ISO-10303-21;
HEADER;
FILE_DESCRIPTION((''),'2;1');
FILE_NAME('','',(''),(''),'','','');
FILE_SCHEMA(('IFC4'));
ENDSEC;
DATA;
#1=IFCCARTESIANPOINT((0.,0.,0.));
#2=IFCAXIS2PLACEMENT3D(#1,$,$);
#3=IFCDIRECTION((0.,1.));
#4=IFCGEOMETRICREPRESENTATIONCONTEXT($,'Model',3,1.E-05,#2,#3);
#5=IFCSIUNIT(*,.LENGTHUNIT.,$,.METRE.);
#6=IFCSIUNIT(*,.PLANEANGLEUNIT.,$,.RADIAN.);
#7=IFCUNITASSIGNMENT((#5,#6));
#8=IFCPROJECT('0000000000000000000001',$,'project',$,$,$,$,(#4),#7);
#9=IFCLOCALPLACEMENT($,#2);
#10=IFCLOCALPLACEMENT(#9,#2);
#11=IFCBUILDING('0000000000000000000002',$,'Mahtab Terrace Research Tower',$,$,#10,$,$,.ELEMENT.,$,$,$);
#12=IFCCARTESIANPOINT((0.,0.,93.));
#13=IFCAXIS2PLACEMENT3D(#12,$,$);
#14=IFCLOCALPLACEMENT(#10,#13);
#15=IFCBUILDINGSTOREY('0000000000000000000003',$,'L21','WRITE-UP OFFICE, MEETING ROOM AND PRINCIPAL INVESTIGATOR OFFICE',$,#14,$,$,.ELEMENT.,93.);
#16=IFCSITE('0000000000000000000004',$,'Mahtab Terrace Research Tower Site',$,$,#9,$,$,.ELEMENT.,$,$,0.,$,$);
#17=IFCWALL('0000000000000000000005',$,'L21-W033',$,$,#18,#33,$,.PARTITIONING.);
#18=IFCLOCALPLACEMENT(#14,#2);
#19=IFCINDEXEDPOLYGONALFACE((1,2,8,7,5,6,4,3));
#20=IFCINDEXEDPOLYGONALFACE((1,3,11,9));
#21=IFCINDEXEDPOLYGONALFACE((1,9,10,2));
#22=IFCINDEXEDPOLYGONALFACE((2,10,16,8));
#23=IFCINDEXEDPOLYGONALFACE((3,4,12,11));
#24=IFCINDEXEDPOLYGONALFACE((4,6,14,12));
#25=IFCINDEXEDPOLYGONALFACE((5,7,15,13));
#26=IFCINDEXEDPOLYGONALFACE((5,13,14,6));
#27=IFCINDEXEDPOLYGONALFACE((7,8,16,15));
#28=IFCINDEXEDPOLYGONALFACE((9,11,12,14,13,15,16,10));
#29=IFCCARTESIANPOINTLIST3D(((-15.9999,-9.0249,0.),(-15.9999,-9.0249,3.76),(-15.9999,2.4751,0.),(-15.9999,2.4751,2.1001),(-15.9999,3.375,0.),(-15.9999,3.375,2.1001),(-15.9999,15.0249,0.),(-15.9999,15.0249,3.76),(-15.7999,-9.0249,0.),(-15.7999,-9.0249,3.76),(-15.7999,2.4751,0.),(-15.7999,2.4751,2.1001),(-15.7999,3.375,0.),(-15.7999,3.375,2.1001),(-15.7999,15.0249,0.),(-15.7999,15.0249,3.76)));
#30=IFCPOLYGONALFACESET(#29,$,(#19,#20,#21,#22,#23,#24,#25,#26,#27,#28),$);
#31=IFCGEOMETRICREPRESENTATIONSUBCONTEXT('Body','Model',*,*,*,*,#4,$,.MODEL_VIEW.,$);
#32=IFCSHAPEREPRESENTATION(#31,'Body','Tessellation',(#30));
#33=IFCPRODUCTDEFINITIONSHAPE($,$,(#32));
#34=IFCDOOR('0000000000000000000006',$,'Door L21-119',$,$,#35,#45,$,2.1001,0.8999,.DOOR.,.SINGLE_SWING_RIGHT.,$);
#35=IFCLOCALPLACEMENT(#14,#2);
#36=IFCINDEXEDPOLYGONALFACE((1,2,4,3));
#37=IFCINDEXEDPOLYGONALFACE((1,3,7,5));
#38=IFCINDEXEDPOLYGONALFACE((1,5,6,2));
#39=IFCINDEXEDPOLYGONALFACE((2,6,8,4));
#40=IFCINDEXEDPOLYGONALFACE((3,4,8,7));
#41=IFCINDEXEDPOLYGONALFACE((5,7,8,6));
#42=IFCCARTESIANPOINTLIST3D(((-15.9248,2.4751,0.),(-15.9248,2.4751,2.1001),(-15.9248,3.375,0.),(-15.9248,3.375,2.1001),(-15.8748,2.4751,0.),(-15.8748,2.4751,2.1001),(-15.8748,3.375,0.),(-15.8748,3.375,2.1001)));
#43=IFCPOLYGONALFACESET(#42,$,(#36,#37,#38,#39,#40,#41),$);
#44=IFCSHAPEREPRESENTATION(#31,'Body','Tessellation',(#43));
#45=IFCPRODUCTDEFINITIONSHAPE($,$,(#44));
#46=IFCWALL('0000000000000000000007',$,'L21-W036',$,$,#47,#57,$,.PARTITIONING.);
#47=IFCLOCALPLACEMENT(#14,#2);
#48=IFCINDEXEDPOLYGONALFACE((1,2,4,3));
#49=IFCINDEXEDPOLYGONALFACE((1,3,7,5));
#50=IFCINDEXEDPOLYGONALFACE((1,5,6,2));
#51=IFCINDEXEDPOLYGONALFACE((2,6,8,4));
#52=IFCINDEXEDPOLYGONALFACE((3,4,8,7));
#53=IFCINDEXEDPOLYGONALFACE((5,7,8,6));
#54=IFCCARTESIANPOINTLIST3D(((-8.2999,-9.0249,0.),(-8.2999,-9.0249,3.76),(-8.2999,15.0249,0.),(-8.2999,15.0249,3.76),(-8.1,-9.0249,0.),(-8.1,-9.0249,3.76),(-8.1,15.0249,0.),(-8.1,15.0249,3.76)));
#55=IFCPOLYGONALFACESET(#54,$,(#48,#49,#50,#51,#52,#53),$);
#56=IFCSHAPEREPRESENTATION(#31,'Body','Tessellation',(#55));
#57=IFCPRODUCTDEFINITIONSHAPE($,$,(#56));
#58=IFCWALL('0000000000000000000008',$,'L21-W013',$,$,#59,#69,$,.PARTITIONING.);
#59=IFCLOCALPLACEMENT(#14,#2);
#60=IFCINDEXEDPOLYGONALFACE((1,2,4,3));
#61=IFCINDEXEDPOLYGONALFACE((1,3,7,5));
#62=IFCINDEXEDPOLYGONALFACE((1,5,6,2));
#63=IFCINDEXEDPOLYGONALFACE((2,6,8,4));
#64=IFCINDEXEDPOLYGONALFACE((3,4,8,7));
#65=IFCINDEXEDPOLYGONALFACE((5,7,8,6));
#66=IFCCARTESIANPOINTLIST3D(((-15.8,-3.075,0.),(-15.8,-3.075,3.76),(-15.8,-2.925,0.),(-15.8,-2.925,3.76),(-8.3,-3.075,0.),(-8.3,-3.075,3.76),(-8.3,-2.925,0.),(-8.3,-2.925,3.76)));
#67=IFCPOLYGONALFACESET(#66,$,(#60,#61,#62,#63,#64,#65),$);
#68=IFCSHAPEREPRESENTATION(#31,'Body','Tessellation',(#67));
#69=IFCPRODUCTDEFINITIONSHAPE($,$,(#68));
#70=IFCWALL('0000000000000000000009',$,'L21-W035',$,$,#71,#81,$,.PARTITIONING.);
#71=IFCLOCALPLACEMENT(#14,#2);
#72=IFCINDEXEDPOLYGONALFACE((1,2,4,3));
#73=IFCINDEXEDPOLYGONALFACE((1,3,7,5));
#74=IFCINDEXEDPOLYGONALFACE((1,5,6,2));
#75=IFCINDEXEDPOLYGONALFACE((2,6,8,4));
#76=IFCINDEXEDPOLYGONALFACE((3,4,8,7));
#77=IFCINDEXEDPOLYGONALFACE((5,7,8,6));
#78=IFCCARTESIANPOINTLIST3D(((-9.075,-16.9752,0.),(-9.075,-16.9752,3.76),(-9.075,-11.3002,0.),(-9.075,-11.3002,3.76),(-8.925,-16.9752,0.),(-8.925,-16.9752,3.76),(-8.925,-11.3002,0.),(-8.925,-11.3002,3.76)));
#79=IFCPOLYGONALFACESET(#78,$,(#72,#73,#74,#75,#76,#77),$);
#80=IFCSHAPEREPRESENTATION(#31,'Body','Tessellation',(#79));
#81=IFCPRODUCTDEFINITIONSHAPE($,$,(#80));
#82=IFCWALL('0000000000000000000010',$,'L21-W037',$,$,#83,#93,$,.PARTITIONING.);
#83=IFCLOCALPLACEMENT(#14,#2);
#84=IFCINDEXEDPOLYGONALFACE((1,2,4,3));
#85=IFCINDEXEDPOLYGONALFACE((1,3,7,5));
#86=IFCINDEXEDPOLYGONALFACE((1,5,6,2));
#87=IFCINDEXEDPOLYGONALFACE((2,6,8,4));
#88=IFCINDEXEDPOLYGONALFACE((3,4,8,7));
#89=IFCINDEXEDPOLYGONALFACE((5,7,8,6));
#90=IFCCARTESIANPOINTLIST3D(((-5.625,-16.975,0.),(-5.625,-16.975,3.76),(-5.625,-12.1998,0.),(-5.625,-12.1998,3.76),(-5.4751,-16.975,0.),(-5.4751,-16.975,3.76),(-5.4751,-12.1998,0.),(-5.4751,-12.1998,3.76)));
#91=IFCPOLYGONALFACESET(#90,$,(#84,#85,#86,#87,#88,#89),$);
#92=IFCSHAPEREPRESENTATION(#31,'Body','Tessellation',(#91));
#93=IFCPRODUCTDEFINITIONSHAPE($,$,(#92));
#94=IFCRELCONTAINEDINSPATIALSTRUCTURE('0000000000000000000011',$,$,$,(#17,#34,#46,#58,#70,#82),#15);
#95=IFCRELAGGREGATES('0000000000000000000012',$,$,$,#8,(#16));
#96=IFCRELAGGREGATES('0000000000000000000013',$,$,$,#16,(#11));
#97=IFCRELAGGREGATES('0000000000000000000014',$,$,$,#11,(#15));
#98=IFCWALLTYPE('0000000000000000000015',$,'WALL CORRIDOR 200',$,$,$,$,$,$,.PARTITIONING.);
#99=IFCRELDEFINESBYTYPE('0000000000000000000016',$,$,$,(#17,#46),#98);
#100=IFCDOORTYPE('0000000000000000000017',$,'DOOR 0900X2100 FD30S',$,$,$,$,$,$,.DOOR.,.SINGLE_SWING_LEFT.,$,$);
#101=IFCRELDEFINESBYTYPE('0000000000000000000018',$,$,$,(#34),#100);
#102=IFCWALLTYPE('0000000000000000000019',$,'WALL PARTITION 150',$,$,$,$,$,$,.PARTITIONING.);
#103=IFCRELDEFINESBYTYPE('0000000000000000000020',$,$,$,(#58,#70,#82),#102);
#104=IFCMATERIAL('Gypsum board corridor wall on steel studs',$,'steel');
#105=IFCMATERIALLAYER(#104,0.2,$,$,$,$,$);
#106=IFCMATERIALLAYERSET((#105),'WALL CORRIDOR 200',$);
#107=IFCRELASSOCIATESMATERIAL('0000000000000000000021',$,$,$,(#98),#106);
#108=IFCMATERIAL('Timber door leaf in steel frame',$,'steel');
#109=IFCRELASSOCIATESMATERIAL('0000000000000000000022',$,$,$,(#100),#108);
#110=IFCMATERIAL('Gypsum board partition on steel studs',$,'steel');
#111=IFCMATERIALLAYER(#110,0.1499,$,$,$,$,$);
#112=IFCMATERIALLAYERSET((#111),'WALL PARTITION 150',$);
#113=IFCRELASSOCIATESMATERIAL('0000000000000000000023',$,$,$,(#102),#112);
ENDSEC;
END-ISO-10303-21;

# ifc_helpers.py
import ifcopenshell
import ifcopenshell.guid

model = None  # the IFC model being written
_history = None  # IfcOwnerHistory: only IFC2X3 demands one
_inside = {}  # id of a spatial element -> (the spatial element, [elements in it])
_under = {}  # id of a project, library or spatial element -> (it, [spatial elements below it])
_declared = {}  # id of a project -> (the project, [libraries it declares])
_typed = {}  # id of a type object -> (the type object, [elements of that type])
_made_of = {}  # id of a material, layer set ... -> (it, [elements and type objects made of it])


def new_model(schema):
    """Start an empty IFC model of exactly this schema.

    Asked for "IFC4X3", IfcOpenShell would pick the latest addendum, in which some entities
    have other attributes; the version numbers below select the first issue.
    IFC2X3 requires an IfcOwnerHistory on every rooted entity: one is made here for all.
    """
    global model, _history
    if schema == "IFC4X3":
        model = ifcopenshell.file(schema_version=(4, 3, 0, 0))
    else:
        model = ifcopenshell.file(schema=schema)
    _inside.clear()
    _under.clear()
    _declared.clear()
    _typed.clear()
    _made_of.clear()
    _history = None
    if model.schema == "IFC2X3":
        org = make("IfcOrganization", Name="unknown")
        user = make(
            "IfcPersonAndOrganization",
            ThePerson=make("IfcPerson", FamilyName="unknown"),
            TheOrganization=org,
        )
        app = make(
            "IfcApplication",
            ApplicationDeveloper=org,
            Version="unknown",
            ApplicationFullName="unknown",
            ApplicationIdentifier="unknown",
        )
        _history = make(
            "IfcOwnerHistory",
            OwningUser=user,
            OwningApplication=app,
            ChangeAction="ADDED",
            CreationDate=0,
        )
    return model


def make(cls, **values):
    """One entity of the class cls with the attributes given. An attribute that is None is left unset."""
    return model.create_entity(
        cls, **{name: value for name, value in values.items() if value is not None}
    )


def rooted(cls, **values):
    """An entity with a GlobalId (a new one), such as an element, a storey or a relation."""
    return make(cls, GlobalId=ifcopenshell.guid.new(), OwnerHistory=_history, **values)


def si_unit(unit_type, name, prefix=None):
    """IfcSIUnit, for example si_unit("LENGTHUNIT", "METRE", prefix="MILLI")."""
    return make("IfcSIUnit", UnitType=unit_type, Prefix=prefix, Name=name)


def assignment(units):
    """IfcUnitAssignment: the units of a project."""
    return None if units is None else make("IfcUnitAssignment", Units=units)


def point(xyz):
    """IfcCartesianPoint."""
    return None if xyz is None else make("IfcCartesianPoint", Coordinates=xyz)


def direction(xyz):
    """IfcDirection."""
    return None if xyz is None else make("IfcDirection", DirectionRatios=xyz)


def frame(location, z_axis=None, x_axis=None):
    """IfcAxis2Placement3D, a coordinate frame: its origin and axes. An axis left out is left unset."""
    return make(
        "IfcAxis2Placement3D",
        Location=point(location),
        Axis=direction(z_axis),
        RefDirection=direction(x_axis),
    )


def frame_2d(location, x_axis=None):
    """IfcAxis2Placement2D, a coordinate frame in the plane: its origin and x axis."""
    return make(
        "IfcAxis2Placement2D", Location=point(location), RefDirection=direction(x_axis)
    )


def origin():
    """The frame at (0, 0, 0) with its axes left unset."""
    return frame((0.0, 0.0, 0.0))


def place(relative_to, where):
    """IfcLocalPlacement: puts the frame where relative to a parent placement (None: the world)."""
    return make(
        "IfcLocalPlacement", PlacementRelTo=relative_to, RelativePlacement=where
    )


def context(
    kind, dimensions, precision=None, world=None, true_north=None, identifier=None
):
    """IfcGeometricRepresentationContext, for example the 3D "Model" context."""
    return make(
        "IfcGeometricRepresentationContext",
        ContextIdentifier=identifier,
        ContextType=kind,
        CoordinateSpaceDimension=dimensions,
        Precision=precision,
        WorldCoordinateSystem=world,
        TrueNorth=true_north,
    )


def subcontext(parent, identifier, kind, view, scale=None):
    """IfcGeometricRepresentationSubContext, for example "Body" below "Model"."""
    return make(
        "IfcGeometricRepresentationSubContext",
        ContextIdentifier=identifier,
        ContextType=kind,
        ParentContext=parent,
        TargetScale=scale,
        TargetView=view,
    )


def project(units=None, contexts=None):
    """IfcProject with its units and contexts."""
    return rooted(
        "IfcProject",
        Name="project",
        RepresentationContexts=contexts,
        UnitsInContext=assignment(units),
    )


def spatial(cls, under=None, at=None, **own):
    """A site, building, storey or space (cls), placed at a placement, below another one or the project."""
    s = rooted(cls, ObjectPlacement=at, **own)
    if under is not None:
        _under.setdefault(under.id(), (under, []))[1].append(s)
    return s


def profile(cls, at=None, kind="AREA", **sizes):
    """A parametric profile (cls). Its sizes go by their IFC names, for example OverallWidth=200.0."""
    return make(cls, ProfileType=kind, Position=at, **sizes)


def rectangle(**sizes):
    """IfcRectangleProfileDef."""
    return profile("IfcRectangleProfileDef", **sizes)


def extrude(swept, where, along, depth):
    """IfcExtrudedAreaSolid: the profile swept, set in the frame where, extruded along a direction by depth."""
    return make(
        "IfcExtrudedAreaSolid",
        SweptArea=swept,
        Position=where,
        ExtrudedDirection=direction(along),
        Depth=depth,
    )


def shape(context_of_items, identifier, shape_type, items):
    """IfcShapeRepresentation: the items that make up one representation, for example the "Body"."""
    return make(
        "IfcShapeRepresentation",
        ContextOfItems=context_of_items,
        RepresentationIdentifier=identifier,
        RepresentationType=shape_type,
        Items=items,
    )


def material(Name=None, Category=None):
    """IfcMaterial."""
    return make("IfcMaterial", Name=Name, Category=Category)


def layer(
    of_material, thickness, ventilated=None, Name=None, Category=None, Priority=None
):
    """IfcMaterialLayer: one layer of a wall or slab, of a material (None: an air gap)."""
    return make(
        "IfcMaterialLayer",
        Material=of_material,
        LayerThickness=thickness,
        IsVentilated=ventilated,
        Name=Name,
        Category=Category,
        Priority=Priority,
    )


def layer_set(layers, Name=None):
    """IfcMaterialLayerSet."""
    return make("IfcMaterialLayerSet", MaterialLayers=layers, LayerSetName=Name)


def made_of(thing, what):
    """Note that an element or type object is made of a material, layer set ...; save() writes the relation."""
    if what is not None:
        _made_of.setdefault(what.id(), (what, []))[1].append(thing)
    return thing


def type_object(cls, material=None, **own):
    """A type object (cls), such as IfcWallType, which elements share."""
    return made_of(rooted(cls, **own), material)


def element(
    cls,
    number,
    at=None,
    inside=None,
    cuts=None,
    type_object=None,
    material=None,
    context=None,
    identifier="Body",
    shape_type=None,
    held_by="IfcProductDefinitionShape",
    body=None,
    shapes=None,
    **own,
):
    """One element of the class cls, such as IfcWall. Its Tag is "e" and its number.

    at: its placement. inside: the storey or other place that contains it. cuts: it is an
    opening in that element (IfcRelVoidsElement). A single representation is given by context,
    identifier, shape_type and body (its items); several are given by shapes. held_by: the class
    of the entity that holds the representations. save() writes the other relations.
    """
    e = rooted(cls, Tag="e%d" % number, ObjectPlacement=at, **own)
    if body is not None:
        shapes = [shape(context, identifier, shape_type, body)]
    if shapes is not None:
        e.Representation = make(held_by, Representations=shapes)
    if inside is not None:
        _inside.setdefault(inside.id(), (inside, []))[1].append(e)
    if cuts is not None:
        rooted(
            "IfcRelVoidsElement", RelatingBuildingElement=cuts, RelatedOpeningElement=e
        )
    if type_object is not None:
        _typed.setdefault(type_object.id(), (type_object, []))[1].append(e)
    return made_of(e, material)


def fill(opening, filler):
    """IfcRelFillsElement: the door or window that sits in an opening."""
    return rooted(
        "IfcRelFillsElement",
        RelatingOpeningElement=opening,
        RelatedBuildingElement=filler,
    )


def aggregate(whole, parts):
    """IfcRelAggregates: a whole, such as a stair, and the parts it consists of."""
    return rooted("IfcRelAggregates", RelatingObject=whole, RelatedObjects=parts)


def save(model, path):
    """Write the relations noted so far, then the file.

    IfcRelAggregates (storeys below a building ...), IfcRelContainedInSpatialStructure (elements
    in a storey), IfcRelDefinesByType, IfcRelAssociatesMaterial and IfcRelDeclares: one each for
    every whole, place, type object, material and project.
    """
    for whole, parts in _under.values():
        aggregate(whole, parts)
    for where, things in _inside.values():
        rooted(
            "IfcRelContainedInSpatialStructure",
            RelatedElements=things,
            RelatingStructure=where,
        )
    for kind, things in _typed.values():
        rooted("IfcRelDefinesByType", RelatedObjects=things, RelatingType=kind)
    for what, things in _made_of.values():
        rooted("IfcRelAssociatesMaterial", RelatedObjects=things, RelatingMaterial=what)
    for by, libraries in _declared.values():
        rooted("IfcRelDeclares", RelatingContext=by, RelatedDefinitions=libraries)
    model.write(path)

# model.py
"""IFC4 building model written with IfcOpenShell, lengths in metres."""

from ifc_helpers import new_model, si_unit, direction, frame, frame_2d, origin, place, context, subcontext, project, spatial, rectangle, extrude, material, layer, layer_set, type_object, element, fill, save


model = new_model("IFC4")

# Units and contexts
model_context = context("Model", 3, precision=1e-05, world=origin(), true_north=direction((0.0, 1.0)))
body_context = subcontext(model_context, "Body", "Model", "MODEL_VIEW")
ifc_project = project(units=[si_unit("LENGTHUNIT", "METRE"), si_unit("PLANEANGLEUNIT", "RADIAN")], contexts=[model_context])

# Site, building, storey
site_placement = place(None, origin())
site = spatial("IfcSite", under=ifc_project, at=site_placement, Name="Mahtab Terrace Research Tower Site", CompositionType="ELEMENT", RefElevation=0.0)
building_placement = place(site_placement, origin())
building = spatial("IfcBuilding", under=site, at=building_placement, Name="Mahtab Terrace Research Tower", CompositionType="ELEMENT")
storey_placement = place(building_placement, frame((0.0, 0.0, 93.0)))
storey = spatial("IfcBuildingStorey", under=building, at=storey_placement, Name="L21", Description="WRITE-UP OFFICE, MEETING ROOM AND PRINCIPAL INVESTIGATOR OFFICE", CompositionType="ELEMENT", Elevation=93.0)

# Shared definitions
ifc_material_1 = material(Name="Gypsum board corridor wall on steel studs", Category="steel")
ifc_layer_1 = layer(ifc_material_1, 0.2)
ifc_layer_set_1 = layer_set([ifc_layer_1], Name="WALL CORRIDOR 200")
wall_type_1 = type_object("IfcWallType", Name="WALL CORRIDOR 200", PredefinedType="PARTITIONING", material=ifc_layer_set_1)
ifc_material_2 = material(Name="Timber door leaf in steel frame", Category="steel")
door_type_1 = type_object("IfcDoorType", Name="DOOR 0900X2100 FD30S", OperationType="SINGLE_SWING_LEFT", PredefinedType="DOOR", material=ifc_material_2)

# Wall, opening, door
wall_1_placement = place(storey_placement, frame((-15.8999, -9.0249, 0.0), z_axis=(0.0, 0.0, 1.0), x_axis=(0.0, 1.0, 0.0)))
wall_1 = element("IfcWall", 1, at=wall_1_placement, inside=storey, type_object=wall_type_1, Name="L21-W033", PredefinedType="PARTITIONING", context=body_context, shape_type="SweptSolid", body=[
    extrude(rectangle(XDim=24.0498, YDim=0.2, at=frame_2d((12.0249, 0.0))), origin(), (0.0, 0.0, 1.0), 3.76),
])
opening_1_placement = place(wall_1_placement, frame((11.5, 0.0, 0.0)))
opening_1 = element("IfcOpeningElement", 2, at=opening_1_placement, cuts=wall_1, PredefinedType="OPENING", context=body_context, shape_type="SweptSolid", body=[
    extrude(rectangle(XDim=0.8999, YDim=2.1001, at=frame_2d((0.45, 1.05))), frame((0.0, 0.1099, 0.0), z_axis=(0.0, -1.0, 0.0), x_axis=(1.0, 0.0, 0.0)), (0.0, 0.0, 1.0), 0.22),
])
door_1_placement = place(opening_1_placement, origin())
door_1 = element("IfcDoor", 3, at=door_1_placement, inside=storey, type_object=door_type_1, Name="Door L21-119", OperationType="SINGLE_SWING_RIGHT", OverallHeight=2.1001, OverallWidth=0.8999, PredefinedType="DOOR", context=body_context, shape_type="SweptSolid", body=[
    extrude(rectangle(XDim=0.8999, YDim=2.1001, at=frame_2d((0.45, 1.05))), frame((0.0, 0.0249, 0.0), z_axis=(0.0, -1.0, 0.0), x_axis=(1.0, 0.0, 0.0)), (0.0, 0.0, 1.0), 0.05),
])
fill(opening_1, door_1)

# Walls
wall_2_placement = place(storey_placement, frame((-8.2, -9.0249, 0.0), z_axis=(0.0, 0.0, 1.0), x_axis=(0.0, 1.0, 0.0)))
element("IfcWall", 4, at=wall_2_placement, inside=storey, type_object=wall_type_1, Name="L21-W036", PredefinedType="PARTITIONING", context=body_context, shape_type="SweptSolid", body=[
    extrude(rectangle(XDim=24.0498, YDim=0.2, at=frame_2d((12.0249, 0.0))), origin(), (0.0, 0.0, 1.0), 3.76),
])
ifc_material_3 = material(Name="Gypsum board partition on steel studs", Category="steel")
ifc_layer_2 = layer(ifc_material_3, 0.1499)
ifc_layer_set_2 = layer_set([ifc_layer_2], Name="WALL PARTITION 150")
wall_type_2 = type_object("IfcWallType", Name="WALL PARTITION 150", PredefinedType="PARTITIONING", material=ifc_layer_set_2)
wall_3_placement = place(storey_placement, frame((-15.8, -3.0, 0.0), z_axis=(0.0, 0.0, 1.0), x_axis=(1.0, 0.0, 0.0)))
element("IfcWall", 5, at=wall_3_placement, inside=storey, type_object=wall_type_2, Name="L21-W013", PredefinedType="PARTITIONING", context=body_context, shape_type="SweptSolid", body=[
    extrude(rectangle(XDim=7.5, YDim=0.1499, at=frame_2d((3.75, 0.0))), origin(), (0.0, 0.0, 1.0), 3.76),
])
wall_4_placement = place(storey_placement, frame((-9.0, -16.9751, 0.0), z_axis=(0.0, 0.0, 1.0), x_axis=(0.0, 1.0, 0.0)))
element("IfcWall", 6, at=wall_4_placement, inside=storey, type_object=wall_type_2, Name="L21-W035", PredefinedType="PARTITIONING", context=body_context, shape_type="SweptSolid", body=[
    extrude(rectangle(XDim=5.675, YDim=0.1499, at=frame_2d((2.8374, 0.0))), origin(), (0.0, 0.0, 1.0), 3.76),
])
wall_5_placement = place(storey_placement, frame((-5.55, -16.9751, 0.0), z_axis=(0.0, 0.0, 1.0), x_axis=(0.0, 1.0, 0.0)))
element("IfcWall", 7, at=wall_5_placement, inside=storey, type_object=wall_type_2, Name="L21-W037", PredefinedType="PARTITIONING", context=body_context, shape_type="SweptSolid", body=[
    extrude(rectangle(XDim=4.7751, YDim=0.1499, at=frame_2d((2.3877, 0.0))), origin(), (0.0, 0.0, 1.0), 3.76),
])

save(model, "model.ifc")
